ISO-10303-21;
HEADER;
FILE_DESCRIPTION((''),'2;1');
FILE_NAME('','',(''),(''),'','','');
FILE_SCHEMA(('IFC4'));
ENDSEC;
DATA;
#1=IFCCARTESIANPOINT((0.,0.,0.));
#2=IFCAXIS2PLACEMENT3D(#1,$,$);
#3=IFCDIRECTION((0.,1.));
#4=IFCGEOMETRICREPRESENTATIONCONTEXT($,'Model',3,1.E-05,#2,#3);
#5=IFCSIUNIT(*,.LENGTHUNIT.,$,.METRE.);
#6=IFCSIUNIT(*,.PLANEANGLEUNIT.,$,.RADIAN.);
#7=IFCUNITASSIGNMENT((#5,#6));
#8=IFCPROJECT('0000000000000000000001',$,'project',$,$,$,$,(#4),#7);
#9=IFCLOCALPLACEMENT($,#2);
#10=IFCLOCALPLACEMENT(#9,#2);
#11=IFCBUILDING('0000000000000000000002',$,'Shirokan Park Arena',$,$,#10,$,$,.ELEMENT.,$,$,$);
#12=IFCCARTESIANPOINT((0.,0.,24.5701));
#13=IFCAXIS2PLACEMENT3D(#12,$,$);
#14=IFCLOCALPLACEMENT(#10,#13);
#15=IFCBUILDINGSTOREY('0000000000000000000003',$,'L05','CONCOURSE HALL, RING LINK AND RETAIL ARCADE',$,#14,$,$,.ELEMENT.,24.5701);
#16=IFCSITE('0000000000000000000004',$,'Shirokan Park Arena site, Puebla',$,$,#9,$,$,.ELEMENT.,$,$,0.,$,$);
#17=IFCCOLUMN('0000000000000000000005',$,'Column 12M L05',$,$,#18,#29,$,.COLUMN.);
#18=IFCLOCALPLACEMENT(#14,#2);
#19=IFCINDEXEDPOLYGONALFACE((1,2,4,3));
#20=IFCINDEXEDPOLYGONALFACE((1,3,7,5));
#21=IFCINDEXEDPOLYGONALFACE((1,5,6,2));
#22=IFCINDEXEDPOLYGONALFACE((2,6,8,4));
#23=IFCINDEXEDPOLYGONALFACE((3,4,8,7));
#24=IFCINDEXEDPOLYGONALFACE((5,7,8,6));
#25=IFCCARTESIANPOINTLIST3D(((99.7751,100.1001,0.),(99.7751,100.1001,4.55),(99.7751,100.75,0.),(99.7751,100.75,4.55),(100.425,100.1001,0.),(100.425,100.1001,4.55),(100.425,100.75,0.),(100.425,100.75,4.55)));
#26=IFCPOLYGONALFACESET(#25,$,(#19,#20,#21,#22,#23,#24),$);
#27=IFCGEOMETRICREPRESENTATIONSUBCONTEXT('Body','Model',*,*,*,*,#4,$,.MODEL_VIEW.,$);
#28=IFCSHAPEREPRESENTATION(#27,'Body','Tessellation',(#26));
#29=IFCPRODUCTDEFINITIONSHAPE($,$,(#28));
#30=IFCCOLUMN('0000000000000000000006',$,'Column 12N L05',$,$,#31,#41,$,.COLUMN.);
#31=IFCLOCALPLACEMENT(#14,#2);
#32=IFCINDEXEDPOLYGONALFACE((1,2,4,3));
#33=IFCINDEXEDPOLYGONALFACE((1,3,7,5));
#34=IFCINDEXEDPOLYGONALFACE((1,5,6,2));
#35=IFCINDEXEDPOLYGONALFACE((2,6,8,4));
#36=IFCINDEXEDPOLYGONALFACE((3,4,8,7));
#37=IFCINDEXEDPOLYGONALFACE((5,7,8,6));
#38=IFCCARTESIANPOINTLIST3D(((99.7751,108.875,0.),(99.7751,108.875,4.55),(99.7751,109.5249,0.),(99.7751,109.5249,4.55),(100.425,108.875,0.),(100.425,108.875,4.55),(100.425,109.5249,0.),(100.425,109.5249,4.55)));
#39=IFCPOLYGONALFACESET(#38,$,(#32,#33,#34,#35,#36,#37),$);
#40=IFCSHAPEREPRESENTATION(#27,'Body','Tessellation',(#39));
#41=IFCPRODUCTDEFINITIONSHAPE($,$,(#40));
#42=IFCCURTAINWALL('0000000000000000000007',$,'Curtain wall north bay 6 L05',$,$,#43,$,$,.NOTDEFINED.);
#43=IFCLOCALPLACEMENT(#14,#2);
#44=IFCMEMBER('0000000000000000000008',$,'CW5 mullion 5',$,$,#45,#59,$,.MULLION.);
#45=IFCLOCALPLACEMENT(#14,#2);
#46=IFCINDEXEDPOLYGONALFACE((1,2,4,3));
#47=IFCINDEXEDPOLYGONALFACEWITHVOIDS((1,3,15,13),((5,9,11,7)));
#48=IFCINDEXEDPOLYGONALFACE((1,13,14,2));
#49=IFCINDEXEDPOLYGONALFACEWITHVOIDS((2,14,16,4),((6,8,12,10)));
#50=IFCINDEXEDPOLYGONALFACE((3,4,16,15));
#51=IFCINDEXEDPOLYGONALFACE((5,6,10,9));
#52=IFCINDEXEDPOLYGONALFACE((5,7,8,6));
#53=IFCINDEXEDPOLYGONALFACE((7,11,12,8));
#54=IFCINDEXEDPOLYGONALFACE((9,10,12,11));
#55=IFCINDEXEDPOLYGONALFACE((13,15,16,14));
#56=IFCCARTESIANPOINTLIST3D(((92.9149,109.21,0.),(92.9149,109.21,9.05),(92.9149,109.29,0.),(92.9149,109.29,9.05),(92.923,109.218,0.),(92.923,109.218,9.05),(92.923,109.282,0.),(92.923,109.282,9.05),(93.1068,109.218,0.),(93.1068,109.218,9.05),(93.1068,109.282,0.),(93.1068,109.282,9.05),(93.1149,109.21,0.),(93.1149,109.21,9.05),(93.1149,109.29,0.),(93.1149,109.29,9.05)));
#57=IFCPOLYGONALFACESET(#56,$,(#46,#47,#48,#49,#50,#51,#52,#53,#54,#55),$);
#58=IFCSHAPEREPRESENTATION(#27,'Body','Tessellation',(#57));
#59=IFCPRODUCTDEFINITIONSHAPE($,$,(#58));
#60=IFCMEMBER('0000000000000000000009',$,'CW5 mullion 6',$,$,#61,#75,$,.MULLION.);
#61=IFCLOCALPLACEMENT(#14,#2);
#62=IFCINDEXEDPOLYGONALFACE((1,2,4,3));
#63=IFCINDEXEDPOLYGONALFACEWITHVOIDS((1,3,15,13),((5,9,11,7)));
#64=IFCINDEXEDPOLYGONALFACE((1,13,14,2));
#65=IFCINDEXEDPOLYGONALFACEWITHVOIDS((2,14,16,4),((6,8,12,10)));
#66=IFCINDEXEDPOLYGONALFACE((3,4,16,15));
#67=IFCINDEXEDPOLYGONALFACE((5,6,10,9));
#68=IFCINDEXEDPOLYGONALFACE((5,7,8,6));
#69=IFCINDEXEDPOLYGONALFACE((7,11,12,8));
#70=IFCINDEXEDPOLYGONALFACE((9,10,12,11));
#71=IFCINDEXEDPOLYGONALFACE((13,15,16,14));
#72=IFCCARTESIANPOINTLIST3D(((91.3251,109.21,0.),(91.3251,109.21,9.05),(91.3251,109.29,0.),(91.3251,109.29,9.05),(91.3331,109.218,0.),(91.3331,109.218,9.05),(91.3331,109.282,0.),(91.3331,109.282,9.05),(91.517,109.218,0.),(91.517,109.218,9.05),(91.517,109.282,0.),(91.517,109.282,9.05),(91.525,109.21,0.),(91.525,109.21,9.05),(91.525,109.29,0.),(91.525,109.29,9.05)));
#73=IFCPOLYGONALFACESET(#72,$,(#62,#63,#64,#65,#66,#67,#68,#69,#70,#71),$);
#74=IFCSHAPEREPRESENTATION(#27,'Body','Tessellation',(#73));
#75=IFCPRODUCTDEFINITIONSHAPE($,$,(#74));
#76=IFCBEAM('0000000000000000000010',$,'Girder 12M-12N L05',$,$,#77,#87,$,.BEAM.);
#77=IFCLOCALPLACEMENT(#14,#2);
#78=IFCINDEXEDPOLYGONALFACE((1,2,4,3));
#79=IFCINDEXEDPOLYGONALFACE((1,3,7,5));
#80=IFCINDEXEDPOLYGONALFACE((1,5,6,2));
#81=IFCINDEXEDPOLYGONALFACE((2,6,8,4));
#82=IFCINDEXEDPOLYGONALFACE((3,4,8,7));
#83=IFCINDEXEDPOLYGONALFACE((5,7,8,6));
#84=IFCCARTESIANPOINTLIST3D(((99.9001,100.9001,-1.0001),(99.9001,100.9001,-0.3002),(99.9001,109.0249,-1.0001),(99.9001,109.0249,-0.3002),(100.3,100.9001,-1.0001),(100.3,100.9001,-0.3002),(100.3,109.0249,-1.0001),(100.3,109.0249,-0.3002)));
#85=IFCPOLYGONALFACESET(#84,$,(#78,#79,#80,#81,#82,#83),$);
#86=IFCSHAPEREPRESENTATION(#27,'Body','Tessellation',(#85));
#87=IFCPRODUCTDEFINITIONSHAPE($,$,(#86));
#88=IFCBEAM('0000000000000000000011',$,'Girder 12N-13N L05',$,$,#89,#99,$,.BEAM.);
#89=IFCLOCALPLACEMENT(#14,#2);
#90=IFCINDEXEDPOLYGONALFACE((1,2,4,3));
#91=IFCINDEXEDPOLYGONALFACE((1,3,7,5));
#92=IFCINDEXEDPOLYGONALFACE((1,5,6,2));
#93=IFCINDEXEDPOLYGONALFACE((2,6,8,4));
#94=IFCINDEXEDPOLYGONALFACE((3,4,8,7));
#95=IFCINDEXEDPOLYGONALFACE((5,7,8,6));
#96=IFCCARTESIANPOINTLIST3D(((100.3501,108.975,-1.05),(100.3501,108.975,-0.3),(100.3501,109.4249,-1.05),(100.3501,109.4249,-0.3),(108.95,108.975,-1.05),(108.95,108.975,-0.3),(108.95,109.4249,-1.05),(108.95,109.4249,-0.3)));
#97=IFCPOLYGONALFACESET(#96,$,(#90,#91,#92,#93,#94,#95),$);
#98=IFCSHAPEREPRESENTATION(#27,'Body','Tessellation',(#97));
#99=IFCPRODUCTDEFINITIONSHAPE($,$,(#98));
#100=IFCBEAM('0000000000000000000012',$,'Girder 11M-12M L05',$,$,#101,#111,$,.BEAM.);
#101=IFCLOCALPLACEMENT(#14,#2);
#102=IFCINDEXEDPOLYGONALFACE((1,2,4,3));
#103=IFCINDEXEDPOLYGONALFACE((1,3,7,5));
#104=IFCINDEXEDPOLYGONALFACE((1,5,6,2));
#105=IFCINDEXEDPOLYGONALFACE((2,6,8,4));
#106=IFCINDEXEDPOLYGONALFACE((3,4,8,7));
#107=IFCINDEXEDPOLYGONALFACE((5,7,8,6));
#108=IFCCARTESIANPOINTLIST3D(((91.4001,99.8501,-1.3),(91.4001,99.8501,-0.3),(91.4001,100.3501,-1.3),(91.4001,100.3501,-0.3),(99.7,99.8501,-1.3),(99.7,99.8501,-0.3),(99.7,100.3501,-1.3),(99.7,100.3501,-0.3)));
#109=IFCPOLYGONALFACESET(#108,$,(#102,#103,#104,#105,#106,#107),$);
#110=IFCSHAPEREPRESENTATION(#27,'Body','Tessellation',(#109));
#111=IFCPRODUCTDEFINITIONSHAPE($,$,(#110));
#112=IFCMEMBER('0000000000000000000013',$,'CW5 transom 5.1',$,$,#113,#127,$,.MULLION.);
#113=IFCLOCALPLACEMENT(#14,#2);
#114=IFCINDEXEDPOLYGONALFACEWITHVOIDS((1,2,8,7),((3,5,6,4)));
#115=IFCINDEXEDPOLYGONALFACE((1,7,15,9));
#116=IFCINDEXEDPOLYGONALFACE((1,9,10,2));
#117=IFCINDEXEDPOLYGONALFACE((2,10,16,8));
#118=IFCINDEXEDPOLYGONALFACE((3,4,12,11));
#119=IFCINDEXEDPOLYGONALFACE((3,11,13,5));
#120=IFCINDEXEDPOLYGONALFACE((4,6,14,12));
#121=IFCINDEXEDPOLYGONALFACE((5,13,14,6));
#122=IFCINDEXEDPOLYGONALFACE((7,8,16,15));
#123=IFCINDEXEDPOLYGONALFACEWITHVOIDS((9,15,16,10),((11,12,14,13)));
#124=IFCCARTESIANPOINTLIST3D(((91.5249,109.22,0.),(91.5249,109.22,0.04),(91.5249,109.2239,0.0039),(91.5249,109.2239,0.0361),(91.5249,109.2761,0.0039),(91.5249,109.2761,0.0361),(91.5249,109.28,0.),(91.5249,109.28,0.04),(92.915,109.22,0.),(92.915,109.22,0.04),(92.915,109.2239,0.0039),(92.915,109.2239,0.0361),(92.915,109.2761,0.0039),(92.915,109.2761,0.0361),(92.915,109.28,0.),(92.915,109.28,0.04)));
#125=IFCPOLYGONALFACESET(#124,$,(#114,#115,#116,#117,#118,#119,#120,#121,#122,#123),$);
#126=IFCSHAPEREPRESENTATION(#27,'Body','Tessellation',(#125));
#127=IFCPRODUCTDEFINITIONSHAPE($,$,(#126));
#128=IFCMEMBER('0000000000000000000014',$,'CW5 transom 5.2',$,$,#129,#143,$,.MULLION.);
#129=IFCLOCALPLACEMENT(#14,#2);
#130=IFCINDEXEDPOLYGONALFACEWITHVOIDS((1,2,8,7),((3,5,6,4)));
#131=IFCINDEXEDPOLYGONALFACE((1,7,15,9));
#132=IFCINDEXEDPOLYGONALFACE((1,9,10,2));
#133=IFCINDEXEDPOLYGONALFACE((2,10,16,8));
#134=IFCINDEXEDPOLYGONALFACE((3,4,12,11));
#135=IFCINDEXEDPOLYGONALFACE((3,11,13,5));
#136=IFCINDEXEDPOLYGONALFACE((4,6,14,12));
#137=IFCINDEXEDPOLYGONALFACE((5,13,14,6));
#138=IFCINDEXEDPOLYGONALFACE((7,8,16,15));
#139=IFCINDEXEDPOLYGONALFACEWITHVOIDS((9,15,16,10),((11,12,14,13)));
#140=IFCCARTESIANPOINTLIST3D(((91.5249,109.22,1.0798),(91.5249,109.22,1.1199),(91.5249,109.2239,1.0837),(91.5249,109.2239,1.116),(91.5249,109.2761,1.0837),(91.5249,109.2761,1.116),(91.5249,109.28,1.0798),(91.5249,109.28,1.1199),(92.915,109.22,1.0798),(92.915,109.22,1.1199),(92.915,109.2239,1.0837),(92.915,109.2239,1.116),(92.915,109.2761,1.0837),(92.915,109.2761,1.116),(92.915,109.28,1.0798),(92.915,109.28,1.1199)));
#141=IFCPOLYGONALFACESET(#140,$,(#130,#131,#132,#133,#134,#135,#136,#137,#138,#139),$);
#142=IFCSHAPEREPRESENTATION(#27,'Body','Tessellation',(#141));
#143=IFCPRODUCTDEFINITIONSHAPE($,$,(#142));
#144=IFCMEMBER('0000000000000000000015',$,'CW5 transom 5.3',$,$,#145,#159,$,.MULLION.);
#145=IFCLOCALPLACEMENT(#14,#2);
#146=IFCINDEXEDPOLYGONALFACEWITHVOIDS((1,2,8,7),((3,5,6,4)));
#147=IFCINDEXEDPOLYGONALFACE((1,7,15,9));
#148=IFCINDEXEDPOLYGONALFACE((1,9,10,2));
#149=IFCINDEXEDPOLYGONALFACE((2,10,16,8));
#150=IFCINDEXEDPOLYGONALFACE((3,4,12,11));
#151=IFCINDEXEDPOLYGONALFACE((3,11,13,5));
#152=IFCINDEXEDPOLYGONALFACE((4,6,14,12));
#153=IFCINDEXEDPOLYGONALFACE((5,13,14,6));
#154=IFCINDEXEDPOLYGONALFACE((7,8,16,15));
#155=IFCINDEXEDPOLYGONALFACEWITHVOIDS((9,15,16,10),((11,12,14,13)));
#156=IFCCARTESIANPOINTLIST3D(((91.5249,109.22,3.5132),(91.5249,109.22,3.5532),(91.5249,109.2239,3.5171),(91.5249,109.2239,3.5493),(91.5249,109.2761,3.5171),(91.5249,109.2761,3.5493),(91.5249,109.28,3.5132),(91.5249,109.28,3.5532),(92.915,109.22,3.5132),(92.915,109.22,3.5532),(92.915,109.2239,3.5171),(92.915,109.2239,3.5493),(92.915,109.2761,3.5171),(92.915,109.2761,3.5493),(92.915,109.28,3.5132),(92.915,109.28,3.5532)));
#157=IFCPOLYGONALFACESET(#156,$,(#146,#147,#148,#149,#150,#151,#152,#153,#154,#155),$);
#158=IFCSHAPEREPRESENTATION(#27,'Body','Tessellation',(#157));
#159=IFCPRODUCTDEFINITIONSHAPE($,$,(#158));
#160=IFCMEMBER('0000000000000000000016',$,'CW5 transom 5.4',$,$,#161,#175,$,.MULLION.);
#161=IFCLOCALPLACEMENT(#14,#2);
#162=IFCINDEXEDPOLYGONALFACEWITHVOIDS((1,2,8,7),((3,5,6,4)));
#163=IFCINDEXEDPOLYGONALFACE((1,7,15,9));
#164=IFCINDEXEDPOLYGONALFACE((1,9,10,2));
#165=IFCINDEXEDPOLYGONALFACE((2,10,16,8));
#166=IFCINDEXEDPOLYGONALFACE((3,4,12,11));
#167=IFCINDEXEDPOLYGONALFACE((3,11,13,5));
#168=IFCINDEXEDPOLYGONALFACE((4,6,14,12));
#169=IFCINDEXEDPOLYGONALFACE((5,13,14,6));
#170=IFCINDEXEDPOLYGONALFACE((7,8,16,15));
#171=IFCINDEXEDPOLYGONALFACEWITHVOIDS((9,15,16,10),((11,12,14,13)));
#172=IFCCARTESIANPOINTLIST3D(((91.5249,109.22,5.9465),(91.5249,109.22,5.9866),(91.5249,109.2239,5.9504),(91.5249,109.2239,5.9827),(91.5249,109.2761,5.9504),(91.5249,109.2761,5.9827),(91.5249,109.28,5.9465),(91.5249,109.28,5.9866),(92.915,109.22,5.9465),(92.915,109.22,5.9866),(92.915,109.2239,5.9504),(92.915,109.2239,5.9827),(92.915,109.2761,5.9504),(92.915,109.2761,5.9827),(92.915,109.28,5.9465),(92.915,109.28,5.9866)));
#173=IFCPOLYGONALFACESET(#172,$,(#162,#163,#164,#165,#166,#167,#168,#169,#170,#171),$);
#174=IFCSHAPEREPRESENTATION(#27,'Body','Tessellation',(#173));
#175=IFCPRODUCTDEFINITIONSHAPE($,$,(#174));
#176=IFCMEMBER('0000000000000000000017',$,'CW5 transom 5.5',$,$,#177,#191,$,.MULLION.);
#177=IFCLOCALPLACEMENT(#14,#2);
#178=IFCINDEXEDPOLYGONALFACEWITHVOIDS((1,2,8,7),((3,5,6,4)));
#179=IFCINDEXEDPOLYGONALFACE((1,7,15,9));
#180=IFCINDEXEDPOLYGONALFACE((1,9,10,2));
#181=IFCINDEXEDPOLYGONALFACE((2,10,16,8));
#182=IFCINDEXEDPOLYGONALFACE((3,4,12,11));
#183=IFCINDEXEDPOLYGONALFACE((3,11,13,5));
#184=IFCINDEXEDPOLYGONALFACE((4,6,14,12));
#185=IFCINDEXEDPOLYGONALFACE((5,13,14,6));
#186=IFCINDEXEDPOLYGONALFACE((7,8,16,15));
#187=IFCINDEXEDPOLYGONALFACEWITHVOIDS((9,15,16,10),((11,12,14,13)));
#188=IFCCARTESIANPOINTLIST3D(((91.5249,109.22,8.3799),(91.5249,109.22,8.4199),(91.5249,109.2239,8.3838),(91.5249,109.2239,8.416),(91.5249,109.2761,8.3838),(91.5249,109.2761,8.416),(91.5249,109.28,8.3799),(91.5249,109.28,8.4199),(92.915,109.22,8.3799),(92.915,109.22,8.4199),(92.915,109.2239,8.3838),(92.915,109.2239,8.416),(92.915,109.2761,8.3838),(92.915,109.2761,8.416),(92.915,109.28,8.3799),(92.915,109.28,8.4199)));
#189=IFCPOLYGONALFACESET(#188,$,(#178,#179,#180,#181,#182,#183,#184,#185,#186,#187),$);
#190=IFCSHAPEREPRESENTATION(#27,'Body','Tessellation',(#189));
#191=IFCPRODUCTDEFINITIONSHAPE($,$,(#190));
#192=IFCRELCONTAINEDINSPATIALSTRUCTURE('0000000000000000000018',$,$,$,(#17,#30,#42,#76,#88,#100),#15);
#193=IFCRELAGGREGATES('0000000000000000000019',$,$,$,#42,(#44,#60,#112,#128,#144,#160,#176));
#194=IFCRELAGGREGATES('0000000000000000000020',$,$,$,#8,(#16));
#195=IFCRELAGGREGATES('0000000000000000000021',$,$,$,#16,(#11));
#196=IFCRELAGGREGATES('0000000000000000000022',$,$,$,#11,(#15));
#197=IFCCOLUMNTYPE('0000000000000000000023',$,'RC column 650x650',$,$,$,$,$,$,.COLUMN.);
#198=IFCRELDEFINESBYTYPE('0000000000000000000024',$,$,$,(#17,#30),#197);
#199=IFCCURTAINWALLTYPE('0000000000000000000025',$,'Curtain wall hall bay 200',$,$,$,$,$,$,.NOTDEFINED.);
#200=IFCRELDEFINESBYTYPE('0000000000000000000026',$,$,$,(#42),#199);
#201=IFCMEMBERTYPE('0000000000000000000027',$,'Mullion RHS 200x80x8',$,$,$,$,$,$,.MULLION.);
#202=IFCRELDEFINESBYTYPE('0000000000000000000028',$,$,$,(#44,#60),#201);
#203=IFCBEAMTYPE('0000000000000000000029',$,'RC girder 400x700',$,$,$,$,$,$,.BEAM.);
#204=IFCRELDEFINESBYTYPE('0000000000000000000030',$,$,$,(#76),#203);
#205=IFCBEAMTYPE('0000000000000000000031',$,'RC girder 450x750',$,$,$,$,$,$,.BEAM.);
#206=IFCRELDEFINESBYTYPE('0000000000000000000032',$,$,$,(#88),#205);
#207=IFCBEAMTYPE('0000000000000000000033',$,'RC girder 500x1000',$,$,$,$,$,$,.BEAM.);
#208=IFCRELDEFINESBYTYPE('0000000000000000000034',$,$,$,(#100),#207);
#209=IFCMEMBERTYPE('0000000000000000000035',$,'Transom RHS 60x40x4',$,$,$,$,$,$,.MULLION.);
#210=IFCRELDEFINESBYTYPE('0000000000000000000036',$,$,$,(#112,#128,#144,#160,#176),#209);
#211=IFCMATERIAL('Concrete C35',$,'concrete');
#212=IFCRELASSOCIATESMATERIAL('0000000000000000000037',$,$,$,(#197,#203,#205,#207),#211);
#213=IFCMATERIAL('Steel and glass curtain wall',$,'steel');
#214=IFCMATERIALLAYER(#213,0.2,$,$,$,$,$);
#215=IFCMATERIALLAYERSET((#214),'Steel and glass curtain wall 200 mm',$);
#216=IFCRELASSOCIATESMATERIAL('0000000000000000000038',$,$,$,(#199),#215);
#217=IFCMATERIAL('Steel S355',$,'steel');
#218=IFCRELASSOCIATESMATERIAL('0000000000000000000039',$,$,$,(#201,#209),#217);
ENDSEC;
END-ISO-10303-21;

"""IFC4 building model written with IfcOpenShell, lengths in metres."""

from ifc_helpers import new_model, si_unit, direction, frame, origin, origin_2d, place, context, subcontext, project, spatial, rectangle, hollow_rectangle, extrude, material, layer, layer_set, material_profile, profile_set, type_object, element, aggregate, save


model = new_model("IFC4")

# Units and contexts
model_context = context("Model", 3, precision=1e-05, world=origin(), true_north=direction((0.0, 1.0)))
body_context = subcontext(model_context, "Body", "Model", "MODEL_VIEW")
ifc_project = project(units=[si_unit("LENGTHUNIT", "METRE"), si_unit("PLANEANGLEUNIT", "RADIAN")], contexts=[model_context])

# Site, building, storey
site_placement = place(None, origin())
site = spatial("IfcSite", under=ifc_project, at=site_placement, Name="Shirokan Park Arena site, Puebla", CompositionType="ELEMENT", RefElevation=0.0)
building_placement = place(site_placement, origin())
building = spatial("IfcBuilding", under=site, at=building_placement, Name="Shirokan Park Arena", CompositionType="ELEMENT")
storey_placement = place(building_placement, frame((0.0, 0.0, 24.5701)))
storey = spatial("IfcBuildingStorey", under=building, at=storey_placement, Name="L05", Description="CONCOURSE HALL, RING LINK AND RETAIL ARCADE", CompositionType="ELEMENT", Elevation=24.5701)

# Columns
ifc_material_1 = material(Name="Concrete C35", Category="concrete")
ifc_material_profile_1 = material_profile(ifc_material_1, rectangle(XDim=0.6499, YDim=0.6499, at=origin_2d()), Name="650x650")
ifc_profile_set_1 = profile_set([ifc_material_profile_1], Name="Concrete C35")
column_type = type_object("IfcColumnType", Name="RC column 650x650", PredefinedType="COLUMN", material=ifc_profile_set_1)
for number, where, z_axis, x_axis, name in (
    (1, (100.1001, 100.425, 0.0), (0.0, 0.0, 1.0), (1.0, 0.0, 0.0), "Column 12M L05"),
    (2, (100.1001, 109.2, 0.0), (0.0, 0.0, 1.0), (1.0, 0.0, 0.0), "Column 12N L05"),
):
    element("IfcColumn", number, at=place(storey_placement, frame(where, z_axis=z_axis, x_axis=x_axis)), inside=storey, type_object=column_type, Name=name, PredefinedType="COLUMN", context=body_context, shape_type="SweptSolid", body=[
        extrude(rectangle(XDim=0.6499, YDim=0.6499, at=origin_2d()), origin(), (0.0, 0.0, 1.0), 4.55),
    ])

# Curtain wall, members
ifc_material_2 = material(Name="Steel and glass curtain wall", Category="steel")
ifc_layer_1 = layer(ifc_material_2, 0.2)
ifc_layer_set_1 = layer_set([ifc_layer_1], Name="Steel and glass curtain wall 200 mm")
curtain_wall_type = type_object("IfcCurtainWallType", Name="Curtain wall hall bay 200", PredefinedType="NOTDEFINED", material=ifc_layer_set_1)
curtain_wall_placement = place(storey_placement, origin())
curtain_wall = element("IfcCurtainWall", 3, at=curtain_wall_placement, inside=storey, type_object=curtain_wall_type, Name="Curtain wall north bay 6 L05", PredefinedType="NOTDEFINED")
ifc_material_3 = material(Name="Steel S355", Category="steel")
ifc_material_profile_2 = material_profile(ifc_material_3, hollow_rectangle(XDim=0.0801, YDim=0.2, WallThickness=0.0081, at=origin_2d()), Name="RHS 200x80x8")
ifc_profile_set_2 = profile_set([ifc_material_profile_2], Name="Steel S355")
member_type_1 = type_object("IfcMemberType", Name="Mullion RHS 200x80x8", PredefinedType="MULLION", material=ifc_profile_set_2)
member_1_placement = place(storey_placement, frame((93.0149, 109.25, 0.0), z_axis=(0.0, 0.0, 1.0), x_axis=(0.0, -1.0, 0.0)))
member_1 = element("IfcMember", 4, at=member_1_placement, type_object=member_type_1, Name="CW5 mullion 5", PredefinedType="MULLION", context=body_context, shape_type="SweptSolid", body=[
    extrude(hollow_rectangle(XDim=0.0801, YDim=0.2, WallThickness=0.0081, at=origin_2d()), origin(), (0.0, 0.0, 1.0), 9.05),
])
member_2_placement = place(storey_placement, frame((91.425, 109.25, 0.0), z_axis=(0.0, 0.0, 1.0), x_axis=(0.0, -1.0, 0.0)))
member_2 = element("IfcMember", 5, at=member_2_placement, type_object=member_type_1, Name="CW5 mullion 6", PredefinedType="MULLION", context=body_context, shape_type="SweptSolid", body=[
    extrude(hollow_rectangle(XDim=0.0801, YDim=0.2, WallThickness=0.0081, at=origin_2d()), origin(), (0.0, 0.0, 1.0), 9.05),
])

# Beams
ifc_material_profile_3 = material_profile(ifc_material_1, rectangle(XDim=0.3999, YDim=0.7, at=origin_2d()), Name="400x700")
ifc_profile_set_3 = profile_set([ifc_material_profile_3], Name="Concrete C35")
beam_type_1 = type_object("IfcBeamType", Name="RC girder 400x700", PredefinedType="BEAM", material=ifc_profile_set_3)
beam_1_placement = place(storey_placement, frame((100.1001, 100.9001, -0.6501), z_axis=(0.0, 1.0, 0.0), x_axis=(-1.0, 0.0, 0.0)))
element("IfcBeam", 6, at=beam_1_placement, inside=storey, type_object=beam_type_1, Name="Girder 12M-12N L05", PredefinedType="BEAM", context=body_context, shape_type="SweptSolid", body=[
    extrude(rectangle(XDim=0.3999, YDim=0.7, at=origin_2d()), origin(), (0.0, 0.0, 1.0), 8.1248),
])
ifc_material_profile_4 = material_profile(ifc_material_1, rectangle(XDim=0.45, YDim=0.75, at=origin_2d()), Name="450x750")
ifc_profile_set_4 = profile_set([ifc_material_profile_4], Name="Concrete C35")
beam_type_2 = type_object("IfcBeamType", Name="RC girder 450x750", PredefinedType="BEAM", material=ifc_profile_set_4)
beam_2_placement = place(storey_placement, frame((100.3501, 109.2, -0.675), z_axis=(1.0, 0.0, 0.0), x_axis=(0.0, 1.0, 0.0)))
element("IfcBeam", 7, at=beam_2_placement, inside=storey, type_object=beam_type_2, Name="Girder 12N-13N L05", PredefinedType="BEAM", context=body_context, shape_type="SweptSolid", body=[
    extrude(rectangle(XDim=0.45, YDim=0.75, at=origin_2d()), origin(), (0.0, 0.0, 1.0), 8.5999),
])
ifc_material_profile_5 = material_profile(ifc_material_1, rectangle(XDim=0.5, YDim=1.0, at=origin_2d()), Name="500x1000")
ifc_profile_set_5 = profile_set([ifc_material_profile_5], Name="Concrete C35")
beam_type_3 = type_object("IfcBeamType", Name="RC girder 500x1000", PredefinedType="BEAM", material=ifc_profile_set_5)
beam_3_placement = place(storey_placement, frame((91.4001, 100.1001, -0.8), z_axis=(1.0, 0.0, 0.0), x_axis=(0.0, 1.0, 0.0)))
element("IfcBeam", 8, at=beam_3_placement, inside=storey, type_object=beam_type_3, Name="Girder 11M-12M L05", PredefinedType="BEAM", context=body_context, shape_type="SweptSolid", body=[
    extrude(rectangle(XDim=0.5, YDim=1.0, at=origin_2d()), origin(), (0.0, 0.0, 1.0), 8.2998),
])

# Members
ifc_material_profile_6 = material_profile(ifc_material_3, hollow_rectangle(XDim=0.0601, YDim=0.04, WallThickness=0.0039, at=origin_2d()), Name="RHS 60x40x4")
ifc_profile_set_6 = profile_set([ifc_material_profile_6], Name="Steel S355")
member_type_2 = type_object("IfcMemberType", Name="Transom RHS 60x40x4", PredefinedType="MULLION", material=ifc_profile_set_6)
member_3_placement = place(storey_placement, frame((92.915, 109.25, 0.02), z_axis=(-1.0, 0.0, 0.0), x_axis=(0.0, -1.0, 0.0)))
member_3 = element("IfcMember", 9, at=member_3_placement, type_object=member_type_2, Name="CW5 transom 5.1", PredefinedType="MULLION", context=body_context, shape_type="SweptSolid", body=[
    extrude(hollow_rectangle(XDim=0.0601, YDim=0.04, WallThickness=0.0039, at=origin_2d()), origin(), (0.0, 0.0, 1.0), 1.3901),
])
member_4_placement = place(storey_placement, frame((92.915, 109.25, 1.0999), z_axis=(-1.0, 0.0, 0.0), x_axis=(0.0, -1.0, 0.0)))
member_4 = element("IfcMember", 10, at=member_4_placement, type_object=member_type_2, Name="CW5 transom 5.2", PredefinedType="MULLION", context=body_context, shape_type="SweptSolid", body=[
    extrude(hollow_rectangle(XDim=0.0601, YDim=0.04, WallThickness=0.0039, at=origin_2d()), origin(), (0.0, 0.0, 1.0), 1.3901),
])
member_5_placement = place(storey_placement, frame((92.915, 109.25, 3.5332), z_axis=(-1.0, 0.0, 0.0), x_axis=(0.0, -1.0, 0.0)))
member_5 = element("IfcMember", 11, at=member_5_placement, type_object=member_type_2, Name="CW5 transom 5.3", PredefinedType="MULLION", context=body_context, shape_type="SweptSolid", body=[
    extrude(hollow_rectangle(XDim=0.0601, YDim=0.04, WallThickness=0.0039, at=origin_2d()), origin(), (0.0, 0.0, 1.0), 1.3901),
])
member_6_placement = place(storey_placement, frame((92.915, 109.25, 5.9666), z_axis=(-1.0, 0.0, 0.0), x_axis=(0.0, -1.0, 0.0)))
member_6 = element("IfcMember", 12, at=member_6_placement, type_object=member_type_2, Name="CW5 transom 5.4", PredefinedType="MULLION", context=body_context, shape_type="SweptSolid", body=[
    extrude(hollow_rectangle(XDim=0.0601, YDim=0.04, WallThickness=0.0039, at=origin_2d()), origin(), (0.0, 0.0, 1.0), 1.3901),
])
member_7_placement = place(storey_placement, frame((92.915, 109.25, 8.3999), z_axis=(-1.0, 0.0, 0.0), x_axis=(0.0, -1.0, 0.0)))
member_7 = element("IfcMember", 13, at=member_7_placement, type_object=member_type_2, Name="CW5 transom 5.5", PredefinedType="MULLION", context=body_context, shape_type="SweptSolid", body=[
    extrude(hollow_rectangle(XDim=0.0601, YDim=0.04, WallThickness=0.0039, at=origin_2d()), origin(), (0.0, 0.0, 1.0), 1.3901),
])

aggregate(curtain_wall, [member_1, member_2, member_3, member_4, member_5, member_6, member_7])

save(model, "model.ifc")
